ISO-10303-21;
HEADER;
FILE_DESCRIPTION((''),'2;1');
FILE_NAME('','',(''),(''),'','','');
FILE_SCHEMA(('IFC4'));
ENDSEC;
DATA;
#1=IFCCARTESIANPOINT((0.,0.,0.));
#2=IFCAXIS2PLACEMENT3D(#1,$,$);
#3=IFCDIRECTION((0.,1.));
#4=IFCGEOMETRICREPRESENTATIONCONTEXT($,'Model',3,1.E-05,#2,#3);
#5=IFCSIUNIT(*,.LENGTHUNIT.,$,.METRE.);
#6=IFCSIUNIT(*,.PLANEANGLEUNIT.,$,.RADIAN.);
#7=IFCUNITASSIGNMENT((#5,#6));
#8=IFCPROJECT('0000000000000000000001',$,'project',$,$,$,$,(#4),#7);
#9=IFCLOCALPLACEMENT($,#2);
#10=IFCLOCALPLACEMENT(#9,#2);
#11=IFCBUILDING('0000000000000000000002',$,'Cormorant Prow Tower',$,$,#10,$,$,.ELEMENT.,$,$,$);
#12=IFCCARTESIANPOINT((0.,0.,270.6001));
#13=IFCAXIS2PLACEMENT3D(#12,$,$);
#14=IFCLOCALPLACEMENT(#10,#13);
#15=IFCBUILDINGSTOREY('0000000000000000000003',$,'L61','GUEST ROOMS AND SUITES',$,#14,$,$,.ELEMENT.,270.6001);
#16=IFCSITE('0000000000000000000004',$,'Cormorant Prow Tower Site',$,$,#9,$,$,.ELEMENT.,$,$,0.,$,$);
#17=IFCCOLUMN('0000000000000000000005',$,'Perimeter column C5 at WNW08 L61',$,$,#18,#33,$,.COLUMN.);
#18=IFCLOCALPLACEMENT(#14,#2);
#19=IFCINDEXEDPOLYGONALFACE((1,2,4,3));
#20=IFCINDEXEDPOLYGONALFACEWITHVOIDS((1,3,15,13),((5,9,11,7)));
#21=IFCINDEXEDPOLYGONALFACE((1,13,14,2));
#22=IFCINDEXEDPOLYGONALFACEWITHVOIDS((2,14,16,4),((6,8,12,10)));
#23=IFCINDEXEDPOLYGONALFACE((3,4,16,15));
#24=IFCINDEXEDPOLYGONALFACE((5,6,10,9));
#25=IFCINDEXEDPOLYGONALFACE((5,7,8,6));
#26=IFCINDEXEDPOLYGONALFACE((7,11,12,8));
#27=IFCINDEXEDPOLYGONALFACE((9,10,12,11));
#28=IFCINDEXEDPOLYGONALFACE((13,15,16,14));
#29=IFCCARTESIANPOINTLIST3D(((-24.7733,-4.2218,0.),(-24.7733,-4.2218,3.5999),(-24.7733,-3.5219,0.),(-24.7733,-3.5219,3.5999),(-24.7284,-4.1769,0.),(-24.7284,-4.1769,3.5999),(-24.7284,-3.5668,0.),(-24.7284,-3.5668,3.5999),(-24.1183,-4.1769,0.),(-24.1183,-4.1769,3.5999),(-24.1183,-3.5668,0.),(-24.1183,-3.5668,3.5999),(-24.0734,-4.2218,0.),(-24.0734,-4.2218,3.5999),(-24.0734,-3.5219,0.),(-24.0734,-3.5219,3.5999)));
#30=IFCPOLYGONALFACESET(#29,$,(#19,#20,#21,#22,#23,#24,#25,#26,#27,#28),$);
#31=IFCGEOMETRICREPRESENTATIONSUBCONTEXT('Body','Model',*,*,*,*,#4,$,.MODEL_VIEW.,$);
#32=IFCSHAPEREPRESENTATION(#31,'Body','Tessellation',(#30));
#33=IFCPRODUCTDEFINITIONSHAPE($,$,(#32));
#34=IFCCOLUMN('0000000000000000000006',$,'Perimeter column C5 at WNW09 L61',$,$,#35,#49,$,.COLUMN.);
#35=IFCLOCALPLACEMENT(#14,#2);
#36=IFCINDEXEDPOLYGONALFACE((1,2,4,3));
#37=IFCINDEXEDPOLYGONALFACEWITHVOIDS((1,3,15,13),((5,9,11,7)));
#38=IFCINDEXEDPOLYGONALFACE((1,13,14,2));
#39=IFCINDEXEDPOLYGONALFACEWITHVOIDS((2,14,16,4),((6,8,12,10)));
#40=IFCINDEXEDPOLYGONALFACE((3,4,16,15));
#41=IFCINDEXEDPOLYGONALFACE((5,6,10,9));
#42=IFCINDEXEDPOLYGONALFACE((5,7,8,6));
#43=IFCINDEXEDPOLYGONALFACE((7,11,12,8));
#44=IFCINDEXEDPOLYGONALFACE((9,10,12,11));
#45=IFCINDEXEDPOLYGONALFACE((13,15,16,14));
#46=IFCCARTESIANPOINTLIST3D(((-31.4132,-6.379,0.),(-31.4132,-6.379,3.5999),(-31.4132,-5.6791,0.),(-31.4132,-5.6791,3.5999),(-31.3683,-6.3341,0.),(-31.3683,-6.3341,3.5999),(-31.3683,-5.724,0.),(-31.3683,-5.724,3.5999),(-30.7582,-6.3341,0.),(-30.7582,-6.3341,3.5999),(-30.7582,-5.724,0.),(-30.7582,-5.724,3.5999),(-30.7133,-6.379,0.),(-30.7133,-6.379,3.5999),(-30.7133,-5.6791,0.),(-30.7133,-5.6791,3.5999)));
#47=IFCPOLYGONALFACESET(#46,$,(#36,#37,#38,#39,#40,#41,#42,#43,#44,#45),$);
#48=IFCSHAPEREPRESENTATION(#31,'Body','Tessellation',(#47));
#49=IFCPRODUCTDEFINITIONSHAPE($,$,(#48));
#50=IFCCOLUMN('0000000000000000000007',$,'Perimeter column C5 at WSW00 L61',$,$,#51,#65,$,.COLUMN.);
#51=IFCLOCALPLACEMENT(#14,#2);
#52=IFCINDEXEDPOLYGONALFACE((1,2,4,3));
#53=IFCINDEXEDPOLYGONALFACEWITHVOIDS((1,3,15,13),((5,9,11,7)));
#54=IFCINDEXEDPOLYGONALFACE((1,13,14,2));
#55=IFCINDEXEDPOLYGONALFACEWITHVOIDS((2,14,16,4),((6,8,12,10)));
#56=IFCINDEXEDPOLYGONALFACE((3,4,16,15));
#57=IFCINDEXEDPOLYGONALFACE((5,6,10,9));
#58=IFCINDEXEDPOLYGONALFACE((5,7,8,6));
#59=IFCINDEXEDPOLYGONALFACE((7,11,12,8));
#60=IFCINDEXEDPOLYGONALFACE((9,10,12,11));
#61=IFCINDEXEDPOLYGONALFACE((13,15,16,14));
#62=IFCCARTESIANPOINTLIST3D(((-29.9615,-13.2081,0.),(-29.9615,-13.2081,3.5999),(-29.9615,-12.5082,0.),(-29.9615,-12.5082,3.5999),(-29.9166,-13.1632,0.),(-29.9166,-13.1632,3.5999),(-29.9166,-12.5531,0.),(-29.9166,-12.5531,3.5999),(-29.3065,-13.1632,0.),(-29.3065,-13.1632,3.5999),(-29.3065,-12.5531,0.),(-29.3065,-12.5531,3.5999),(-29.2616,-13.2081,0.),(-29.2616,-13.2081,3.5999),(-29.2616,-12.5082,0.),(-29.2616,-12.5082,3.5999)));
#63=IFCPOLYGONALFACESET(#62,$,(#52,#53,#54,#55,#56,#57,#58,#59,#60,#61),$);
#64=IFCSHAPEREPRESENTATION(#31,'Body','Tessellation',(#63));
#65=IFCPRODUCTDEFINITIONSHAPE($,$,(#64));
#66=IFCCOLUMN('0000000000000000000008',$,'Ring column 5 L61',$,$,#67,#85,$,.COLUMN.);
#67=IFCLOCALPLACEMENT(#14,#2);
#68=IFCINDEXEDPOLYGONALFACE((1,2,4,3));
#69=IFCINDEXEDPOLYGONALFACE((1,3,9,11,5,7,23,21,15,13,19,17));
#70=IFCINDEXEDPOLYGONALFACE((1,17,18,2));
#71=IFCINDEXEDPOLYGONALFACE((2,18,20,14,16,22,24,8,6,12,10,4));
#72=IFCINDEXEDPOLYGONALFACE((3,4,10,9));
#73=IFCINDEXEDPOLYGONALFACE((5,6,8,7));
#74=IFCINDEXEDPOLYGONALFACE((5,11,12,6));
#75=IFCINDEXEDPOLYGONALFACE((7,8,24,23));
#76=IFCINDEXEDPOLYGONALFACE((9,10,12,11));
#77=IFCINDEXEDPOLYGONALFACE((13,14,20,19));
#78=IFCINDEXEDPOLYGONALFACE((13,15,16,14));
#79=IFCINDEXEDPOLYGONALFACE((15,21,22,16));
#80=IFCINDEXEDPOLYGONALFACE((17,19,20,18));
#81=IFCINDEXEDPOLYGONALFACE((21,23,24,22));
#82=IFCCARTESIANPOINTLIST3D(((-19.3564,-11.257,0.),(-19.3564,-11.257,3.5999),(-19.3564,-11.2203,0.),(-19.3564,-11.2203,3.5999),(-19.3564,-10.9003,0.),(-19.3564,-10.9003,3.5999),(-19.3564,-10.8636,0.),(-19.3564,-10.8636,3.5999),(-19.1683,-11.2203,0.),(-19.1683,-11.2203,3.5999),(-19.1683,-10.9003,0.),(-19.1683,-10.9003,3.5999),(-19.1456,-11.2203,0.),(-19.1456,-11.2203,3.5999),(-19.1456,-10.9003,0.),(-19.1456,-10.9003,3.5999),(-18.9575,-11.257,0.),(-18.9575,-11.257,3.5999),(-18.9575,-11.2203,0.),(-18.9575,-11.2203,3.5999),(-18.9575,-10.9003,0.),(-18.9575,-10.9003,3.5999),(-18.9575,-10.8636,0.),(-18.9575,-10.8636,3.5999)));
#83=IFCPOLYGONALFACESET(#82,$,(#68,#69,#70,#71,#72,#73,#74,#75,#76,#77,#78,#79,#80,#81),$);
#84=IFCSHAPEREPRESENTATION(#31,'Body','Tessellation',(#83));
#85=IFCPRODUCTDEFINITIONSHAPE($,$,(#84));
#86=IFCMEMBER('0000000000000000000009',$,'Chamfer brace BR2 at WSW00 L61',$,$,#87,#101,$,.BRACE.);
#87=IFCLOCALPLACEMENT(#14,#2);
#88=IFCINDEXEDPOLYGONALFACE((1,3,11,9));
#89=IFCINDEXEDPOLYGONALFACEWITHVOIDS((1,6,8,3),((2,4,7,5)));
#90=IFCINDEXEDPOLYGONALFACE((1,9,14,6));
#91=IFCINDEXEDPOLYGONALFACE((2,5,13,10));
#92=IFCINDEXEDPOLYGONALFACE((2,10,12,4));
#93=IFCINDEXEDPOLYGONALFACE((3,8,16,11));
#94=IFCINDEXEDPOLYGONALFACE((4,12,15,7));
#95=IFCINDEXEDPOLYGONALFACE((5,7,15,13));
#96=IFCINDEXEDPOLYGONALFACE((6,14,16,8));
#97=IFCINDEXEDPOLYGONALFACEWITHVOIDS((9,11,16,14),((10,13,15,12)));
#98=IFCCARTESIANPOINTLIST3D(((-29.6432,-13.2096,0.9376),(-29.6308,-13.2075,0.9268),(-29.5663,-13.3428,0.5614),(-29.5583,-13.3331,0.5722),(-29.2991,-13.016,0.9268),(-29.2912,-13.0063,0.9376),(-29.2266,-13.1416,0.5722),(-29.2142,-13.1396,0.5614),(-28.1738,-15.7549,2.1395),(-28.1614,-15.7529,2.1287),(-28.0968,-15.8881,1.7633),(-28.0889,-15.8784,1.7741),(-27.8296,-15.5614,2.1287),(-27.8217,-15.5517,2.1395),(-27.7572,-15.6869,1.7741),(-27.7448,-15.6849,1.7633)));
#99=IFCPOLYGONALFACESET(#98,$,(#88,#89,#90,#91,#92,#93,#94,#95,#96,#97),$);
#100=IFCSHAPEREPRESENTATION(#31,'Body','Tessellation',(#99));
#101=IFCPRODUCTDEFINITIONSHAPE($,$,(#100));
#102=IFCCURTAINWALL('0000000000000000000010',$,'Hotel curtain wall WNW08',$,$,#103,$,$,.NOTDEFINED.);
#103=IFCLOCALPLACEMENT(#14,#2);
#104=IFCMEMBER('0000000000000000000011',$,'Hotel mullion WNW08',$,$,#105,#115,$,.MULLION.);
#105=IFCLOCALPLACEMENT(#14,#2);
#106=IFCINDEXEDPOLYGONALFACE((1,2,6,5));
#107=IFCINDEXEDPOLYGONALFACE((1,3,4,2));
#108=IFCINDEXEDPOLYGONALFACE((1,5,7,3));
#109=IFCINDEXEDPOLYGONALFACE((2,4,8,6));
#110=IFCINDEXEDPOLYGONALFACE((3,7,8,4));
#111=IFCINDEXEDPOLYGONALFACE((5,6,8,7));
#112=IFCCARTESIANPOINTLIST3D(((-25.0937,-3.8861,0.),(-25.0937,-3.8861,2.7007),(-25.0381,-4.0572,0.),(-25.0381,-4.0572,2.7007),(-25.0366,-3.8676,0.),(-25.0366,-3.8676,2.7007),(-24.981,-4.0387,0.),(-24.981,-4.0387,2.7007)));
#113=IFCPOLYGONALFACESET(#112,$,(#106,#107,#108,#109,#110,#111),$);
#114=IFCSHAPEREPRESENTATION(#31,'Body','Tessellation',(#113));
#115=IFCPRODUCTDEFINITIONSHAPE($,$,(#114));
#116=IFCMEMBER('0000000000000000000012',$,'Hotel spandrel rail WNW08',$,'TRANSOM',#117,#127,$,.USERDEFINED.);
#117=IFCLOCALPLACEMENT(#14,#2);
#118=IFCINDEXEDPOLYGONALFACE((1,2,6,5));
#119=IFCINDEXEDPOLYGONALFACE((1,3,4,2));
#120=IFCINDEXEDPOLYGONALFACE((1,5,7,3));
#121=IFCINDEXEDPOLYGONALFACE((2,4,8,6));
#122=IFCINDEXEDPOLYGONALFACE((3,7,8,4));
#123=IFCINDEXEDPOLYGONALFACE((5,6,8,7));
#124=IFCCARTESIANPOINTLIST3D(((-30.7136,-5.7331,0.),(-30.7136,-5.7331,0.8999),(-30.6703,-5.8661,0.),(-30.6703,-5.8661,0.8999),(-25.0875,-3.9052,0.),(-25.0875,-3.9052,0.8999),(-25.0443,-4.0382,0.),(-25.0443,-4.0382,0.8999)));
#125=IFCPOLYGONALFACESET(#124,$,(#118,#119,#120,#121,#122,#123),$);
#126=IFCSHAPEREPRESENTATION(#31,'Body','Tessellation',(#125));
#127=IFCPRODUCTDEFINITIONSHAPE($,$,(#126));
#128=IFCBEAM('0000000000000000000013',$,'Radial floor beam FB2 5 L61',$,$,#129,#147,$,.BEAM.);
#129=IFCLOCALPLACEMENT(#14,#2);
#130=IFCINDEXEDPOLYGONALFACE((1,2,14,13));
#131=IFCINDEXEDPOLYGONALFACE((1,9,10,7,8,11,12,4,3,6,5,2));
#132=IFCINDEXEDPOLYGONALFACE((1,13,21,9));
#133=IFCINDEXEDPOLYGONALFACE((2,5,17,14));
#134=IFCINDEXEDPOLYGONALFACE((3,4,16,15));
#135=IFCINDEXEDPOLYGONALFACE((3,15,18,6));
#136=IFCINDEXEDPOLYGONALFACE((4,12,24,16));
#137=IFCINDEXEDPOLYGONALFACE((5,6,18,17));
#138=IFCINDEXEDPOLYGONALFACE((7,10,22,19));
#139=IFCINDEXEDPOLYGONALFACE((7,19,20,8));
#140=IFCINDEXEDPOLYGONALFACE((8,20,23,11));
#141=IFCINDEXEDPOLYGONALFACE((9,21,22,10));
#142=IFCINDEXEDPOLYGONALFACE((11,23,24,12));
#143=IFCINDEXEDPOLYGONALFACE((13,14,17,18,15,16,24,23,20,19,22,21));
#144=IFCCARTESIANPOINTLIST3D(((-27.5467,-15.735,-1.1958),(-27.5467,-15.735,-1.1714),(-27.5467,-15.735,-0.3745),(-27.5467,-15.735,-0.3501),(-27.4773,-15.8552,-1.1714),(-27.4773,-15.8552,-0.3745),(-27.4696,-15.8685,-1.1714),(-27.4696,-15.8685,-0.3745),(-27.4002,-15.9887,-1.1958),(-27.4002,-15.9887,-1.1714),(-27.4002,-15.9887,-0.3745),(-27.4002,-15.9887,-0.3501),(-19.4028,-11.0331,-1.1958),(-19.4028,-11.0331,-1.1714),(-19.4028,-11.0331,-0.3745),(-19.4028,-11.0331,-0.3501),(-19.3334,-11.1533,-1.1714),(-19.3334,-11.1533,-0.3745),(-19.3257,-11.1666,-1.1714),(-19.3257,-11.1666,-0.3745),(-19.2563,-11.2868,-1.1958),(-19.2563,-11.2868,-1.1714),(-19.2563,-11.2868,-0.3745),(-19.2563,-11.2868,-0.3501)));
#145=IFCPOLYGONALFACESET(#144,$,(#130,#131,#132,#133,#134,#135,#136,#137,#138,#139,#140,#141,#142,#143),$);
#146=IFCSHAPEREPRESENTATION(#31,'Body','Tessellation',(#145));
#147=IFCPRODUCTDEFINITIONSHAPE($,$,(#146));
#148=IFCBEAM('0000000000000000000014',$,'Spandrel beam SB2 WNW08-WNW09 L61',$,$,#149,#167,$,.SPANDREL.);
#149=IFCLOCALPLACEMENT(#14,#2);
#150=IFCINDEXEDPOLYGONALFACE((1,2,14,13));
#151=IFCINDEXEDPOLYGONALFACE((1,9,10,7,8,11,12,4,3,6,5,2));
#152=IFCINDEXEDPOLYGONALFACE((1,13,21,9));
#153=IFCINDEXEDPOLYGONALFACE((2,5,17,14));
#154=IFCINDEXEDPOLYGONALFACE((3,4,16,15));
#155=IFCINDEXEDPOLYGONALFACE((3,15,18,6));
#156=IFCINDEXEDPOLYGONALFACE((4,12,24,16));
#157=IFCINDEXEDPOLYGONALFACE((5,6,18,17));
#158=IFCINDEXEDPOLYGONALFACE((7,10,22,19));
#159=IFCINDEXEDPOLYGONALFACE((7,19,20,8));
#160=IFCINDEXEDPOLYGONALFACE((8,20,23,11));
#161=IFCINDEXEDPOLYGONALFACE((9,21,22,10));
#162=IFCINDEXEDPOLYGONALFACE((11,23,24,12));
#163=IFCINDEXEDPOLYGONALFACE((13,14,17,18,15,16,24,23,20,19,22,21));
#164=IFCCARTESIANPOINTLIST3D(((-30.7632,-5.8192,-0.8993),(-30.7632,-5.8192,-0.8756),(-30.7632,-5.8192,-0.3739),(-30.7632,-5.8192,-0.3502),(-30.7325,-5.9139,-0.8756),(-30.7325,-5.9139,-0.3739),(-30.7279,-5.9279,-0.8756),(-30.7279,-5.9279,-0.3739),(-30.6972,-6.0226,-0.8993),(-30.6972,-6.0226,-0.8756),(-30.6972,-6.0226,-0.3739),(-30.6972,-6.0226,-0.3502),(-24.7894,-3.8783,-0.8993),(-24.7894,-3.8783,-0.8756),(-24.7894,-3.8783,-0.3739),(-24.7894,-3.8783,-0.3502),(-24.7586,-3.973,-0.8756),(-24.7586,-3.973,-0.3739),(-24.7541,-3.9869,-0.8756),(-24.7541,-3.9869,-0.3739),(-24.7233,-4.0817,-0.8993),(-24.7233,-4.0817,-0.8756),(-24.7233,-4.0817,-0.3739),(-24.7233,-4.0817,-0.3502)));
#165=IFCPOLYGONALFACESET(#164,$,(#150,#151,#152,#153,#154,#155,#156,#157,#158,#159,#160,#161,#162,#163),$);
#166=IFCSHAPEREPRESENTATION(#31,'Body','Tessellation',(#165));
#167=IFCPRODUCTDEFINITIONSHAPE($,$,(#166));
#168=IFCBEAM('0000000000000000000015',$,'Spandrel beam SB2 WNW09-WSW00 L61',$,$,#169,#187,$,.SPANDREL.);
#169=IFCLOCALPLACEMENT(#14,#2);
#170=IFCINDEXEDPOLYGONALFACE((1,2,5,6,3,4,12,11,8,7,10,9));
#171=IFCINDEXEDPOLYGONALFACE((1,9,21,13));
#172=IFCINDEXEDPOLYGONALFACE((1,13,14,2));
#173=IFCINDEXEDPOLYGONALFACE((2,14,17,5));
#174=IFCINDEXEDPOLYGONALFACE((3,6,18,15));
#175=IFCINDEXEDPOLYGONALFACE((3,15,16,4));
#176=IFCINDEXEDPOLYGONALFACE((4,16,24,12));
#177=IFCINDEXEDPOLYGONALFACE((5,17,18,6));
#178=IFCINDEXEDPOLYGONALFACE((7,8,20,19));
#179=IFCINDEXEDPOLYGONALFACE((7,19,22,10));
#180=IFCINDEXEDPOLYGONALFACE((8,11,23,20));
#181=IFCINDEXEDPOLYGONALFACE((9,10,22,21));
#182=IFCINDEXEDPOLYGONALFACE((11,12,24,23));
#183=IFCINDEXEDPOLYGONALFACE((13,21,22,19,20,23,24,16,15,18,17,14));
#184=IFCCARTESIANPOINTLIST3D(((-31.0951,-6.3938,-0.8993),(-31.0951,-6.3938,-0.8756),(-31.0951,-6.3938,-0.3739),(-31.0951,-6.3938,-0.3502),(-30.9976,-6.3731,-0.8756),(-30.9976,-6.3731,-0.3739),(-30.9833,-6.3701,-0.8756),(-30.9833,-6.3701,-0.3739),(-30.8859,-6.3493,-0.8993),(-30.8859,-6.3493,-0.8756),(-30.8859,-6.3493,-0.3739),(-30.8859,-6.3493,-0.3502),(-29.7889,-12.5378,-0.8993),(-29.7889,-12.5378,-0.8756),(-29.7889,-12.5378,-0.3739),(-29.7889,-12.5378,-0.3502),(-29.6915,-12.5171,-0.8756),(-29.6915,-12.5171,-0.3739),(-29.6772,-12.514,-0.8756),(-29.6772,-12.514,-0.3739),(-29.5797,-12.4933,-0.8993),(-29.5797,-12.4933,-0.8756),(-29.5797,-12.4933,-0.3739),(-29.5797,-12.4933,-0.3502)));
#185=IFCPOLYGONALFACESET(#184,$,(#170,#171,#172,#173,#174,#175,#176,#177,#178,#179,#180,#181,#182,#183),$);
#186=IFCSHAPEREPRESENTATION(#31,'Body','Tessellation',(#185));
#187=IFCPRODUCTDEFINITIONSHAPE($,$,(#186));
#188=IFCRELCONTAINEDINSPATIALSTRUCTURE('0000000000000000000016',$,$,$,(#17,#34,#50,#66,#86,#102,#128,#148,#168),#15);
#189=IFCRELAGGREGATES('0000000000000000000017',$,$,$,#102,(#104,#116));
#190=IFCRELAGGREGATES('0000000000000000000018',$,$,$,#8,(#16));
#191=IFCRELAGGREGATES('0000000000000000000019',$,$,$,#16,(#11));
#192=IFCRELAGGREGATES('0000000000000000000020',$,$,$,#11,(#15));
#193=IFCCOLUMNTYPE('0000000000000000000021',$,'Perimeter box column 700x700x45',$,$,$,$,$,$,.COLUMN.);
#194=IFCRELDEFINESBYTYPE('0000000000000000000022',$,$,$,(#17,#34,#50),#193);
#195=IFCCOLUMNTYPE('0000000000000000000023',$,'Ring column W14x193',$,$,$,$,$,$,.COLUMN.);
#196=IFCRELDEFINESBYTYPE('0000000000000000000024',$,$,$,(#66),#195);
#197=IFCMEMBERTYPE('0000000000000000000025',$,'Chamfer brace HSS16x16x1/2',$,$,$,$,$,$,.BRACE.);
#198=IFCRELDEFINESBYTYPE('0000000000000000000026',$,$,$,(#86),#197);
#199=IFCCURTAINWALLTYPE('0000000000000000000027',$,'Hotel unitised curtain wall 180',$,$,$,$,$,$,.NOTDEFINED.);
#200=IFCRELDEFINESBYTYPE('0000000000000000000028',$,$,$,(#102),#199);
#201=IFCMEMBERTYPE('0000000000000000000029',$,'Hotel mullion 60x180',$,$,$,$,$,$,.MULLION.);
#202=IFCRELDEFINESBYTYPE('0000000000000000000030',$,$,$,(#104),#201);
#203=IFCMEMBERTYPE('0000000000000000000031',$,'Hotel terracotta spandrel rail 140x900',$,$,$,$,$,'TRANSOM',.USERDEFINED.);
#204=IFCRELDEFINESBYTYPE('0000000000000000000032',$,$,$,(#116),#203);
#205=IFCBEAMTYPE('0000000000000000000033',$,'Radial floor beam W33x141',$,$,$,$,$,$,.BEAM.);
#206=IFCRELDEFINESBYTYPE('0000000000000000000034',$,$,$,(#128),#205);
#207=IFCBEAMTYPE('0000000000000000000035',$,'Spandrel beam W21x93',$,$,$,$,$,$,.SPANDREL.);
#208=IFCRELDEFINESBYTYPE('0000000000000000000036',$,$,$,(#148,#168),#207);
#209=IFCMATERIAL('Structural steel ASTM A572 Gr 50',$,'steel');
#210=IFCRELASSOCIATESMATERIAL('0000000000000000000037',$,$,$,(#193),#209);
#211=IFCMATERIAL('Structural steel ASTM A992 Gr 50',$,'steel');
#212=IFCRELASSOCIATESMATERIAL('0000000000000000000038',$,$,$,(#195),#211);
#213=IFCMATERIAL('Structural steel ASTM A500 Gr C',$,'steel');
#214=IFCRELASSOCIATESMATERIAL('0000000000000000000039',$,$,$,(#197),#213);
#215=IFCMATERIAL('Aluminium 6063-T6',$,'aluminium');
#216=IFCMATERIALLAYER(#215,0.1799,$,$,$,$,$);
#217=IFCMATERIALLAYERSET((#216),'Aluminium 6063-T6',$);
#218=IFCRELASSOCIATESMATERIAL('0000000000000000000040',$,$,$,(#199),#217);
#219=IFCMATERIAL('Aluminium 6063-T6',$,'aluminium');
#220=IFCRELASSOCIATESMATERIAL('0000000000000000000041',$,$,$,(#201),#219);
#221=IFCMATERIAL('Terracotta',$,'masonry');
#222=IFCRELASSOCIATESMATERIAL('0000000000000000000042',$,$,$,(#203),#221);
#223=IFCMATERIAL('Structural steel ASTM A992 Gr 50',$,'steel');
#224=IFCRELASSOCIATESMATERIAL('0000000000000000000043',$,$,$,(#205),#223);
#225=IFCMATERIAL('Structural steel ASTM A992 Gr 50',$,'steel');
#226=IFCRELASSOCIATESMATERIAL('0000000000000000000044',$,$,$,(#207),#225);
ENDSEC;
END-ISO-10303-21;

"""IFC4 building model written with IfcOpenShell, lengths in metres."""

from ifc_helpers import new_model, si_unit, direction, frame, origin, origin_2d, place, context, subcontext, project, spatial, rectangle, hollow_rectangle, i_section, extrude, material, layer, layer_set, material_profile, profile_set, type_object, element, aggregate, save


model = new_model("IFC4")

# Units and contexts
model_context = context("Model", 3, precision=1e-05, world=origin(), true_north=direction((0.0, 1.0)))
body_context = subcontext(model_context, "Body", "Model", "MODEL_VIEW")
ifc_project = project(units=[si_unit("LENGTHUNIT", "METRE"), si_unit("PLANEANGLEUNIT", "RADIAN")], contexts=[model_context])

# Site, building, storey
site_placement = place(None, origin())
site = spatial("IfcSite", under=ifc_project, at=site_placement, Name="Cormorant Prow Tower Site", CompositionType="ELEMENT", RefElevation=0.0)
building_placement = place(site_placement, origin())
building = spatial("IfcBuilding", under=site, at=building_placement, Name="Cormorant Prow Tower", CompositionType="ELEMENT")
storey_placement = place(building_placement, frame((0.0, 0.0, 270.6001)))
storey = spatial("IfcBuildingStorey", under=building, at=storey_placement, Name="L61", Description="GUEST ROOMS AND SUITES", CompositionType="ELEMENT", Elevation=270.6001)

# Columns
ifc_material_1 = material(Name="Structural steel ASTM A572 Gr 50", Category="steel")
ifc_material_profile_1 = material_profile(ifc_material_1, hollow_rectangle(XDim=0.7, YDim=0.7, WallThickness=0.0449, at=origin_2d()), Name="Box 700x700x45")
ifc_profile_set_1 = profile_set([ifc_material_profile_1], Name="Structural steel ASTM A572 Gr 50")
column_type_1 = type_object("IfcColumnType", Name="Perimeter box column 700x700x45", PredefinedType="COLUMN", material=ifc_profile_set_1)
for number, where, z_axis, x_axis, name in (
    (1, (-24.4233, -3.8718, 0.0), (0.0, 0.0, 1.0), (1.0, 0.0, 0.0), "Perimeter column C5 at WNW08 L61"),
    (2, (-31.0632, -6.0291, 0.0), (0.0, 0.0, 1.0), (1.0, 0.0, 0.0), "Perimeter column C5 at WNW09 L61"),
    (3, (-29.6116, -12.8582, 0.0), (0.0, 0.0, 1.0), (1.0, 0.0, 0.0), "Perimeter column C5 at WSW00 L61"),
):
    element("IfcColumn", number, at=place(storey_placement, frame(where, z_axis=z_axis, x_axis=x_axis)), inside=storey, type_object=column_type_1, Name=name, PredefinedType="COLUMN", context=body_context, shape_type="SweptSolid", body=[
        extrude(hollow_rectangle(XDim=0.7, YDim=0.7, WallThickness=0.0449, at=origin_2d()), origin(), (0.0, 0.0, 1.0), 3.5999),
    ])
ifc_material_2 = material(Name="Structural steel ASTM A992 Gr 50", Category="steel")
ifc_material_profile_2 = material_profile(ifc_material_2, i_section(OverallWidth=0.3989, OverallDepth=0.3933, WebThickness=0.0227, FlangeThickness=0.0366, at=origin_2d()), Name="W14x193")
ifc_profile_set_2 = profile_set([ifc_material_profile_2], Name="Structural steel ASTM A992 Gr 50")
column_type_2 = type_object("IfcColumnType", Name="Ring column W14x193", PredefinedType="COLUMN", material=ifc_profile_set_2)
column_placement = place(storey_placement, frame((-19.157, -11.0603, 0.0), z_axis=(0.0, 0.0, 1.0), x_axis=(1.0, 0.0, 0.0)))
element("IfcColumn", 4, at=column_placement, inside=storey, type_object=column_type_2, Name="Ring column 5 L61", PredefinedType="COLUMN", context=body_context, shape_type="SweptSolid", body=[
    extrude(i_section(OverallWidth=0.3989, OverallDepth=0.3933, WebThickness=0.0227, FlangeThickness=0.0366, at=origin_2d()), origin(), (0.0, 0.0, 1.0), 3.5999),
])

# Member
ifc_material_3 = material(Name="Structural steel ASTM A500 Gr C", Category="steel")
ifc_material_profile_3 = material_profile(ifc_material_3, hollow_rectangle(XDim=0.4065, YDim=0.4065, WallThickness=0.0117, at=origin_2d()), Name="HSS16x16x1/2")
ifc_profile_set_3 = profile_set([ifc_material_profile_3], Name="Structural steel ASTM A500 Gr C")
member_type_1 = type_object("IfcMemberType", Name="Chamfer brace HSS16x16x1/2", PredefinedType="BRACE", material=ifc_profile_set_3)
member_1_placement = place(storey_placement, frame((-29.4287, -13.1746, 0.7495), z_axis=(0.462773, -0.801607, 0.378507), x_axis=(0.866042, 0.499972, 0.0)))
element("IfcMember", 5, at=member_1_placement, inside=storey, type_object=member_type_1, Name="Chamfer brace BR2 at WSW00 L61", PredefinedType="BRACE", context=body_context, shape_type="SweptSolid", body=[
    extrude(hollow_rectangle(XDim=0.4065, YDim=0.4065, WallThickness=0.0117, at=origin_2d()), origin(), (0.0, 0.0, 1.0), 3.1753),
])

# Curtain wall, members
ifc_material_4 = material(Name="Aluminium 6063-T6", Category="aluminium")
ifc_layer_1 = layer(ifc_material_4, 0.1799)
ifc_layer_set_1 = layer_set([ifc_layer_1], Name="Aluminium 6063-T6")
curtain_wall_type = type_object("IfcCurtainWallType", Name="Hotel unitised curtain wall 180", PredefinedType="NOTDEFINED", material=ifc_layer_set_1)
curtain_wall_placement = place(storey_placement, origin())
curtain_wall = element("IfcCurtainWall", 6, at=curtain_wall_placement, inside=storey, type_object=curtain_wall_type, Name="Hotel curtain wall WNW08", PredefinedType="NOTDEFINED")
ifc_material_5 = material(Name="Aluminium 6063-T6", Category="aluminium")
ifc_material_profile_4 = material_profile(ifc_material_5, rectangle(XDim=0.1799, YDim=0.0601, at=origin_2d()), Name="Hotel mullion 60x180")
ifc_profile_set_4 = profile_set([ifc_material_profile_4], Name="Aluminium 6063-T6")
member_type_2 = type_object("IfcMemberType", Name="Hotel mullion 60x180", PredefinedType="MULLION", material=ifc_profile_set_4)
member_2_placement = place(storey_placement, frame((-25.0374, -3.9624, 0.0), z_axis=(0.0, 0.0, 1.0), x_axis=(0.309017, -0.951057, 0.0)))
member_2 = element("IfcMember", 7, at=member_2_placement, type_object=member_type_2, Name="Hotel mullion WNW08", PredefinedType="MULLION", context=body_context, shape_type="SweptSolid", body=[
    extrude(rectangle(XDim=0.1799, YDim=0.0601, at=origin_2d()), origin(), (0.0, 0.0, 1.0), 2.7007),
])
ifc_material_6 = material(Name="Terracotta", Category="masonry")
ifc_material_profile_5 = material_profile(ifc_material_6, rectangle(XDim=0.1399, YDim=0.8999, at=origin_2d()), Name="Hotel terracotta spandrel rail 140x900")
ifc_profile_set_5 = profile_set([ifc_material_profile_5], Name="Terracotta")
member_type_3 = type_object("IfcMemberType", Name="Hotel terracotta spandrel rail 140x900", ElementType="TRANSOM", PredefinedType="USERDEFINED", material=ifc_profile_set_5)
member_3_placement = place(storey_placement, frame((-25.0659, -3.9717, 0.45), z_axis=(-0.951062, -0.309, 0.0), x_axis=(0.309, -0.951062, 0.0)))
member_3 = element("IfcMember", 8, at=member_3_placement, type_object=member_type_3, Name="Hotel spandrel rail WNW08", ObjectType="TRANSOM", PredefinedType="USERDEFINED", context=body_context, shape_type="SweptSolid", body=[
    extrude(rectangle(XDim=0.1399, YDim=0.8999, at=origin_2d()), origin(), (0.0, 0.0, 1.0), 5.9155),
])

# Beams
ifc_material_7 = material(Name="Structural steel ASTM A992 Gr 50", Category="steel")
ifc_material_profile_6 = material_profile(ifc_material_7, i_section(OverallWidth=0.293, OverallDepth=0.8457, WebThickness=0.0154, FlangeThickness=0.0244, at=origin_2d()), Name="W33x141")
ifc_profile_set_6 = profile_set([ifc_material_profile_6], Name="Structural steel ASTM A992 Gr 50")
beam_type_1 = type_object("IfcBeamType", Name="Radial floor beam W33x141", PredefinedType="BEAM", material=ifc_profile_set_6)
beam_1_placement = place(storey_placement, frame((-19.3296, -11.1599, -0.7729), z_axis=(-0.866022, -0.500006, 0.0), x_axis=(0.500006, -0.866022, 0.0)))
element("IfcBeam", 9, at=beam_1_placement, inside=storey, type_object=beam_type_1, Name="Radial floor beam FB2 5 L61", PredefinedType="BEAM", context=body_context, shape_type="SweptSolid", body=[
    extrude(i_section(OverallWidth=0.293, OverallDepth=0.8457, WebThickness=0.0154, FlangeThickness=0.0244, at=origin_2d()), origin(), (0.0, 0.0, 1.0), 9.4038),
])
ifc_material_8 = material(Name="Structural steel ASTM A992 Gr 50", Category="steel")
ifc_material_profile_7 = material_profile(ifc_material_8, i_section(OverallWidth=0.2139, OverallDepth=0.5491, WebThickness=0.0146, FlangeThickness=0.0237, at=origin_2d()), Name="W21x93")
ifc_profile_set_7 = profile_set([ifc_material_profile_7], Name="Structural steel ASTM A992 Gr 50")
beam_type_2 = type_object("IfcBeamType", Name="Spandrel beam W21x93", PredefinedType="SPANDREL", material=ifc_profile_set_7)
for number, where, z_axis, x_axis, name in (
    (10, (-24.7563, -3.98, -0.6248), (-0.951062, -0.309001, 0.0), (0.309001, -0.951062, 0.0), "Spandrel beam SB2 WNW08-WNW09 L61"),
    (11, (-30.9905, -6.3716, -0.6248), (0.207941, -0.978141, 0.0), (0.978141, 0.207941, 0.0), "Spandrel beam SB2 WNW09-WSW00 L61"),
):
    element("IfcBeam", number, at=place(storey_placement, frame(where, z_axis=z_axis, x_axis=x_axis)), inside=storey, type_object=beam_type_2, Name=name, PredefinedType="SPANDREL", context=body_context, shape_type="SweptSolid", body=[
        extrude(i_section(OverallWidth=0.2139, OverallDepth=0.5491, WebThickness=0.0146, FlangeThickness=0.0237, at=origin_2d()), origin(), (0.0, 0.0, 1.0), 6.2812),
    ])

aggregate(curtain_wall, [member_2, member_3])

save(model, "model.ifc")
